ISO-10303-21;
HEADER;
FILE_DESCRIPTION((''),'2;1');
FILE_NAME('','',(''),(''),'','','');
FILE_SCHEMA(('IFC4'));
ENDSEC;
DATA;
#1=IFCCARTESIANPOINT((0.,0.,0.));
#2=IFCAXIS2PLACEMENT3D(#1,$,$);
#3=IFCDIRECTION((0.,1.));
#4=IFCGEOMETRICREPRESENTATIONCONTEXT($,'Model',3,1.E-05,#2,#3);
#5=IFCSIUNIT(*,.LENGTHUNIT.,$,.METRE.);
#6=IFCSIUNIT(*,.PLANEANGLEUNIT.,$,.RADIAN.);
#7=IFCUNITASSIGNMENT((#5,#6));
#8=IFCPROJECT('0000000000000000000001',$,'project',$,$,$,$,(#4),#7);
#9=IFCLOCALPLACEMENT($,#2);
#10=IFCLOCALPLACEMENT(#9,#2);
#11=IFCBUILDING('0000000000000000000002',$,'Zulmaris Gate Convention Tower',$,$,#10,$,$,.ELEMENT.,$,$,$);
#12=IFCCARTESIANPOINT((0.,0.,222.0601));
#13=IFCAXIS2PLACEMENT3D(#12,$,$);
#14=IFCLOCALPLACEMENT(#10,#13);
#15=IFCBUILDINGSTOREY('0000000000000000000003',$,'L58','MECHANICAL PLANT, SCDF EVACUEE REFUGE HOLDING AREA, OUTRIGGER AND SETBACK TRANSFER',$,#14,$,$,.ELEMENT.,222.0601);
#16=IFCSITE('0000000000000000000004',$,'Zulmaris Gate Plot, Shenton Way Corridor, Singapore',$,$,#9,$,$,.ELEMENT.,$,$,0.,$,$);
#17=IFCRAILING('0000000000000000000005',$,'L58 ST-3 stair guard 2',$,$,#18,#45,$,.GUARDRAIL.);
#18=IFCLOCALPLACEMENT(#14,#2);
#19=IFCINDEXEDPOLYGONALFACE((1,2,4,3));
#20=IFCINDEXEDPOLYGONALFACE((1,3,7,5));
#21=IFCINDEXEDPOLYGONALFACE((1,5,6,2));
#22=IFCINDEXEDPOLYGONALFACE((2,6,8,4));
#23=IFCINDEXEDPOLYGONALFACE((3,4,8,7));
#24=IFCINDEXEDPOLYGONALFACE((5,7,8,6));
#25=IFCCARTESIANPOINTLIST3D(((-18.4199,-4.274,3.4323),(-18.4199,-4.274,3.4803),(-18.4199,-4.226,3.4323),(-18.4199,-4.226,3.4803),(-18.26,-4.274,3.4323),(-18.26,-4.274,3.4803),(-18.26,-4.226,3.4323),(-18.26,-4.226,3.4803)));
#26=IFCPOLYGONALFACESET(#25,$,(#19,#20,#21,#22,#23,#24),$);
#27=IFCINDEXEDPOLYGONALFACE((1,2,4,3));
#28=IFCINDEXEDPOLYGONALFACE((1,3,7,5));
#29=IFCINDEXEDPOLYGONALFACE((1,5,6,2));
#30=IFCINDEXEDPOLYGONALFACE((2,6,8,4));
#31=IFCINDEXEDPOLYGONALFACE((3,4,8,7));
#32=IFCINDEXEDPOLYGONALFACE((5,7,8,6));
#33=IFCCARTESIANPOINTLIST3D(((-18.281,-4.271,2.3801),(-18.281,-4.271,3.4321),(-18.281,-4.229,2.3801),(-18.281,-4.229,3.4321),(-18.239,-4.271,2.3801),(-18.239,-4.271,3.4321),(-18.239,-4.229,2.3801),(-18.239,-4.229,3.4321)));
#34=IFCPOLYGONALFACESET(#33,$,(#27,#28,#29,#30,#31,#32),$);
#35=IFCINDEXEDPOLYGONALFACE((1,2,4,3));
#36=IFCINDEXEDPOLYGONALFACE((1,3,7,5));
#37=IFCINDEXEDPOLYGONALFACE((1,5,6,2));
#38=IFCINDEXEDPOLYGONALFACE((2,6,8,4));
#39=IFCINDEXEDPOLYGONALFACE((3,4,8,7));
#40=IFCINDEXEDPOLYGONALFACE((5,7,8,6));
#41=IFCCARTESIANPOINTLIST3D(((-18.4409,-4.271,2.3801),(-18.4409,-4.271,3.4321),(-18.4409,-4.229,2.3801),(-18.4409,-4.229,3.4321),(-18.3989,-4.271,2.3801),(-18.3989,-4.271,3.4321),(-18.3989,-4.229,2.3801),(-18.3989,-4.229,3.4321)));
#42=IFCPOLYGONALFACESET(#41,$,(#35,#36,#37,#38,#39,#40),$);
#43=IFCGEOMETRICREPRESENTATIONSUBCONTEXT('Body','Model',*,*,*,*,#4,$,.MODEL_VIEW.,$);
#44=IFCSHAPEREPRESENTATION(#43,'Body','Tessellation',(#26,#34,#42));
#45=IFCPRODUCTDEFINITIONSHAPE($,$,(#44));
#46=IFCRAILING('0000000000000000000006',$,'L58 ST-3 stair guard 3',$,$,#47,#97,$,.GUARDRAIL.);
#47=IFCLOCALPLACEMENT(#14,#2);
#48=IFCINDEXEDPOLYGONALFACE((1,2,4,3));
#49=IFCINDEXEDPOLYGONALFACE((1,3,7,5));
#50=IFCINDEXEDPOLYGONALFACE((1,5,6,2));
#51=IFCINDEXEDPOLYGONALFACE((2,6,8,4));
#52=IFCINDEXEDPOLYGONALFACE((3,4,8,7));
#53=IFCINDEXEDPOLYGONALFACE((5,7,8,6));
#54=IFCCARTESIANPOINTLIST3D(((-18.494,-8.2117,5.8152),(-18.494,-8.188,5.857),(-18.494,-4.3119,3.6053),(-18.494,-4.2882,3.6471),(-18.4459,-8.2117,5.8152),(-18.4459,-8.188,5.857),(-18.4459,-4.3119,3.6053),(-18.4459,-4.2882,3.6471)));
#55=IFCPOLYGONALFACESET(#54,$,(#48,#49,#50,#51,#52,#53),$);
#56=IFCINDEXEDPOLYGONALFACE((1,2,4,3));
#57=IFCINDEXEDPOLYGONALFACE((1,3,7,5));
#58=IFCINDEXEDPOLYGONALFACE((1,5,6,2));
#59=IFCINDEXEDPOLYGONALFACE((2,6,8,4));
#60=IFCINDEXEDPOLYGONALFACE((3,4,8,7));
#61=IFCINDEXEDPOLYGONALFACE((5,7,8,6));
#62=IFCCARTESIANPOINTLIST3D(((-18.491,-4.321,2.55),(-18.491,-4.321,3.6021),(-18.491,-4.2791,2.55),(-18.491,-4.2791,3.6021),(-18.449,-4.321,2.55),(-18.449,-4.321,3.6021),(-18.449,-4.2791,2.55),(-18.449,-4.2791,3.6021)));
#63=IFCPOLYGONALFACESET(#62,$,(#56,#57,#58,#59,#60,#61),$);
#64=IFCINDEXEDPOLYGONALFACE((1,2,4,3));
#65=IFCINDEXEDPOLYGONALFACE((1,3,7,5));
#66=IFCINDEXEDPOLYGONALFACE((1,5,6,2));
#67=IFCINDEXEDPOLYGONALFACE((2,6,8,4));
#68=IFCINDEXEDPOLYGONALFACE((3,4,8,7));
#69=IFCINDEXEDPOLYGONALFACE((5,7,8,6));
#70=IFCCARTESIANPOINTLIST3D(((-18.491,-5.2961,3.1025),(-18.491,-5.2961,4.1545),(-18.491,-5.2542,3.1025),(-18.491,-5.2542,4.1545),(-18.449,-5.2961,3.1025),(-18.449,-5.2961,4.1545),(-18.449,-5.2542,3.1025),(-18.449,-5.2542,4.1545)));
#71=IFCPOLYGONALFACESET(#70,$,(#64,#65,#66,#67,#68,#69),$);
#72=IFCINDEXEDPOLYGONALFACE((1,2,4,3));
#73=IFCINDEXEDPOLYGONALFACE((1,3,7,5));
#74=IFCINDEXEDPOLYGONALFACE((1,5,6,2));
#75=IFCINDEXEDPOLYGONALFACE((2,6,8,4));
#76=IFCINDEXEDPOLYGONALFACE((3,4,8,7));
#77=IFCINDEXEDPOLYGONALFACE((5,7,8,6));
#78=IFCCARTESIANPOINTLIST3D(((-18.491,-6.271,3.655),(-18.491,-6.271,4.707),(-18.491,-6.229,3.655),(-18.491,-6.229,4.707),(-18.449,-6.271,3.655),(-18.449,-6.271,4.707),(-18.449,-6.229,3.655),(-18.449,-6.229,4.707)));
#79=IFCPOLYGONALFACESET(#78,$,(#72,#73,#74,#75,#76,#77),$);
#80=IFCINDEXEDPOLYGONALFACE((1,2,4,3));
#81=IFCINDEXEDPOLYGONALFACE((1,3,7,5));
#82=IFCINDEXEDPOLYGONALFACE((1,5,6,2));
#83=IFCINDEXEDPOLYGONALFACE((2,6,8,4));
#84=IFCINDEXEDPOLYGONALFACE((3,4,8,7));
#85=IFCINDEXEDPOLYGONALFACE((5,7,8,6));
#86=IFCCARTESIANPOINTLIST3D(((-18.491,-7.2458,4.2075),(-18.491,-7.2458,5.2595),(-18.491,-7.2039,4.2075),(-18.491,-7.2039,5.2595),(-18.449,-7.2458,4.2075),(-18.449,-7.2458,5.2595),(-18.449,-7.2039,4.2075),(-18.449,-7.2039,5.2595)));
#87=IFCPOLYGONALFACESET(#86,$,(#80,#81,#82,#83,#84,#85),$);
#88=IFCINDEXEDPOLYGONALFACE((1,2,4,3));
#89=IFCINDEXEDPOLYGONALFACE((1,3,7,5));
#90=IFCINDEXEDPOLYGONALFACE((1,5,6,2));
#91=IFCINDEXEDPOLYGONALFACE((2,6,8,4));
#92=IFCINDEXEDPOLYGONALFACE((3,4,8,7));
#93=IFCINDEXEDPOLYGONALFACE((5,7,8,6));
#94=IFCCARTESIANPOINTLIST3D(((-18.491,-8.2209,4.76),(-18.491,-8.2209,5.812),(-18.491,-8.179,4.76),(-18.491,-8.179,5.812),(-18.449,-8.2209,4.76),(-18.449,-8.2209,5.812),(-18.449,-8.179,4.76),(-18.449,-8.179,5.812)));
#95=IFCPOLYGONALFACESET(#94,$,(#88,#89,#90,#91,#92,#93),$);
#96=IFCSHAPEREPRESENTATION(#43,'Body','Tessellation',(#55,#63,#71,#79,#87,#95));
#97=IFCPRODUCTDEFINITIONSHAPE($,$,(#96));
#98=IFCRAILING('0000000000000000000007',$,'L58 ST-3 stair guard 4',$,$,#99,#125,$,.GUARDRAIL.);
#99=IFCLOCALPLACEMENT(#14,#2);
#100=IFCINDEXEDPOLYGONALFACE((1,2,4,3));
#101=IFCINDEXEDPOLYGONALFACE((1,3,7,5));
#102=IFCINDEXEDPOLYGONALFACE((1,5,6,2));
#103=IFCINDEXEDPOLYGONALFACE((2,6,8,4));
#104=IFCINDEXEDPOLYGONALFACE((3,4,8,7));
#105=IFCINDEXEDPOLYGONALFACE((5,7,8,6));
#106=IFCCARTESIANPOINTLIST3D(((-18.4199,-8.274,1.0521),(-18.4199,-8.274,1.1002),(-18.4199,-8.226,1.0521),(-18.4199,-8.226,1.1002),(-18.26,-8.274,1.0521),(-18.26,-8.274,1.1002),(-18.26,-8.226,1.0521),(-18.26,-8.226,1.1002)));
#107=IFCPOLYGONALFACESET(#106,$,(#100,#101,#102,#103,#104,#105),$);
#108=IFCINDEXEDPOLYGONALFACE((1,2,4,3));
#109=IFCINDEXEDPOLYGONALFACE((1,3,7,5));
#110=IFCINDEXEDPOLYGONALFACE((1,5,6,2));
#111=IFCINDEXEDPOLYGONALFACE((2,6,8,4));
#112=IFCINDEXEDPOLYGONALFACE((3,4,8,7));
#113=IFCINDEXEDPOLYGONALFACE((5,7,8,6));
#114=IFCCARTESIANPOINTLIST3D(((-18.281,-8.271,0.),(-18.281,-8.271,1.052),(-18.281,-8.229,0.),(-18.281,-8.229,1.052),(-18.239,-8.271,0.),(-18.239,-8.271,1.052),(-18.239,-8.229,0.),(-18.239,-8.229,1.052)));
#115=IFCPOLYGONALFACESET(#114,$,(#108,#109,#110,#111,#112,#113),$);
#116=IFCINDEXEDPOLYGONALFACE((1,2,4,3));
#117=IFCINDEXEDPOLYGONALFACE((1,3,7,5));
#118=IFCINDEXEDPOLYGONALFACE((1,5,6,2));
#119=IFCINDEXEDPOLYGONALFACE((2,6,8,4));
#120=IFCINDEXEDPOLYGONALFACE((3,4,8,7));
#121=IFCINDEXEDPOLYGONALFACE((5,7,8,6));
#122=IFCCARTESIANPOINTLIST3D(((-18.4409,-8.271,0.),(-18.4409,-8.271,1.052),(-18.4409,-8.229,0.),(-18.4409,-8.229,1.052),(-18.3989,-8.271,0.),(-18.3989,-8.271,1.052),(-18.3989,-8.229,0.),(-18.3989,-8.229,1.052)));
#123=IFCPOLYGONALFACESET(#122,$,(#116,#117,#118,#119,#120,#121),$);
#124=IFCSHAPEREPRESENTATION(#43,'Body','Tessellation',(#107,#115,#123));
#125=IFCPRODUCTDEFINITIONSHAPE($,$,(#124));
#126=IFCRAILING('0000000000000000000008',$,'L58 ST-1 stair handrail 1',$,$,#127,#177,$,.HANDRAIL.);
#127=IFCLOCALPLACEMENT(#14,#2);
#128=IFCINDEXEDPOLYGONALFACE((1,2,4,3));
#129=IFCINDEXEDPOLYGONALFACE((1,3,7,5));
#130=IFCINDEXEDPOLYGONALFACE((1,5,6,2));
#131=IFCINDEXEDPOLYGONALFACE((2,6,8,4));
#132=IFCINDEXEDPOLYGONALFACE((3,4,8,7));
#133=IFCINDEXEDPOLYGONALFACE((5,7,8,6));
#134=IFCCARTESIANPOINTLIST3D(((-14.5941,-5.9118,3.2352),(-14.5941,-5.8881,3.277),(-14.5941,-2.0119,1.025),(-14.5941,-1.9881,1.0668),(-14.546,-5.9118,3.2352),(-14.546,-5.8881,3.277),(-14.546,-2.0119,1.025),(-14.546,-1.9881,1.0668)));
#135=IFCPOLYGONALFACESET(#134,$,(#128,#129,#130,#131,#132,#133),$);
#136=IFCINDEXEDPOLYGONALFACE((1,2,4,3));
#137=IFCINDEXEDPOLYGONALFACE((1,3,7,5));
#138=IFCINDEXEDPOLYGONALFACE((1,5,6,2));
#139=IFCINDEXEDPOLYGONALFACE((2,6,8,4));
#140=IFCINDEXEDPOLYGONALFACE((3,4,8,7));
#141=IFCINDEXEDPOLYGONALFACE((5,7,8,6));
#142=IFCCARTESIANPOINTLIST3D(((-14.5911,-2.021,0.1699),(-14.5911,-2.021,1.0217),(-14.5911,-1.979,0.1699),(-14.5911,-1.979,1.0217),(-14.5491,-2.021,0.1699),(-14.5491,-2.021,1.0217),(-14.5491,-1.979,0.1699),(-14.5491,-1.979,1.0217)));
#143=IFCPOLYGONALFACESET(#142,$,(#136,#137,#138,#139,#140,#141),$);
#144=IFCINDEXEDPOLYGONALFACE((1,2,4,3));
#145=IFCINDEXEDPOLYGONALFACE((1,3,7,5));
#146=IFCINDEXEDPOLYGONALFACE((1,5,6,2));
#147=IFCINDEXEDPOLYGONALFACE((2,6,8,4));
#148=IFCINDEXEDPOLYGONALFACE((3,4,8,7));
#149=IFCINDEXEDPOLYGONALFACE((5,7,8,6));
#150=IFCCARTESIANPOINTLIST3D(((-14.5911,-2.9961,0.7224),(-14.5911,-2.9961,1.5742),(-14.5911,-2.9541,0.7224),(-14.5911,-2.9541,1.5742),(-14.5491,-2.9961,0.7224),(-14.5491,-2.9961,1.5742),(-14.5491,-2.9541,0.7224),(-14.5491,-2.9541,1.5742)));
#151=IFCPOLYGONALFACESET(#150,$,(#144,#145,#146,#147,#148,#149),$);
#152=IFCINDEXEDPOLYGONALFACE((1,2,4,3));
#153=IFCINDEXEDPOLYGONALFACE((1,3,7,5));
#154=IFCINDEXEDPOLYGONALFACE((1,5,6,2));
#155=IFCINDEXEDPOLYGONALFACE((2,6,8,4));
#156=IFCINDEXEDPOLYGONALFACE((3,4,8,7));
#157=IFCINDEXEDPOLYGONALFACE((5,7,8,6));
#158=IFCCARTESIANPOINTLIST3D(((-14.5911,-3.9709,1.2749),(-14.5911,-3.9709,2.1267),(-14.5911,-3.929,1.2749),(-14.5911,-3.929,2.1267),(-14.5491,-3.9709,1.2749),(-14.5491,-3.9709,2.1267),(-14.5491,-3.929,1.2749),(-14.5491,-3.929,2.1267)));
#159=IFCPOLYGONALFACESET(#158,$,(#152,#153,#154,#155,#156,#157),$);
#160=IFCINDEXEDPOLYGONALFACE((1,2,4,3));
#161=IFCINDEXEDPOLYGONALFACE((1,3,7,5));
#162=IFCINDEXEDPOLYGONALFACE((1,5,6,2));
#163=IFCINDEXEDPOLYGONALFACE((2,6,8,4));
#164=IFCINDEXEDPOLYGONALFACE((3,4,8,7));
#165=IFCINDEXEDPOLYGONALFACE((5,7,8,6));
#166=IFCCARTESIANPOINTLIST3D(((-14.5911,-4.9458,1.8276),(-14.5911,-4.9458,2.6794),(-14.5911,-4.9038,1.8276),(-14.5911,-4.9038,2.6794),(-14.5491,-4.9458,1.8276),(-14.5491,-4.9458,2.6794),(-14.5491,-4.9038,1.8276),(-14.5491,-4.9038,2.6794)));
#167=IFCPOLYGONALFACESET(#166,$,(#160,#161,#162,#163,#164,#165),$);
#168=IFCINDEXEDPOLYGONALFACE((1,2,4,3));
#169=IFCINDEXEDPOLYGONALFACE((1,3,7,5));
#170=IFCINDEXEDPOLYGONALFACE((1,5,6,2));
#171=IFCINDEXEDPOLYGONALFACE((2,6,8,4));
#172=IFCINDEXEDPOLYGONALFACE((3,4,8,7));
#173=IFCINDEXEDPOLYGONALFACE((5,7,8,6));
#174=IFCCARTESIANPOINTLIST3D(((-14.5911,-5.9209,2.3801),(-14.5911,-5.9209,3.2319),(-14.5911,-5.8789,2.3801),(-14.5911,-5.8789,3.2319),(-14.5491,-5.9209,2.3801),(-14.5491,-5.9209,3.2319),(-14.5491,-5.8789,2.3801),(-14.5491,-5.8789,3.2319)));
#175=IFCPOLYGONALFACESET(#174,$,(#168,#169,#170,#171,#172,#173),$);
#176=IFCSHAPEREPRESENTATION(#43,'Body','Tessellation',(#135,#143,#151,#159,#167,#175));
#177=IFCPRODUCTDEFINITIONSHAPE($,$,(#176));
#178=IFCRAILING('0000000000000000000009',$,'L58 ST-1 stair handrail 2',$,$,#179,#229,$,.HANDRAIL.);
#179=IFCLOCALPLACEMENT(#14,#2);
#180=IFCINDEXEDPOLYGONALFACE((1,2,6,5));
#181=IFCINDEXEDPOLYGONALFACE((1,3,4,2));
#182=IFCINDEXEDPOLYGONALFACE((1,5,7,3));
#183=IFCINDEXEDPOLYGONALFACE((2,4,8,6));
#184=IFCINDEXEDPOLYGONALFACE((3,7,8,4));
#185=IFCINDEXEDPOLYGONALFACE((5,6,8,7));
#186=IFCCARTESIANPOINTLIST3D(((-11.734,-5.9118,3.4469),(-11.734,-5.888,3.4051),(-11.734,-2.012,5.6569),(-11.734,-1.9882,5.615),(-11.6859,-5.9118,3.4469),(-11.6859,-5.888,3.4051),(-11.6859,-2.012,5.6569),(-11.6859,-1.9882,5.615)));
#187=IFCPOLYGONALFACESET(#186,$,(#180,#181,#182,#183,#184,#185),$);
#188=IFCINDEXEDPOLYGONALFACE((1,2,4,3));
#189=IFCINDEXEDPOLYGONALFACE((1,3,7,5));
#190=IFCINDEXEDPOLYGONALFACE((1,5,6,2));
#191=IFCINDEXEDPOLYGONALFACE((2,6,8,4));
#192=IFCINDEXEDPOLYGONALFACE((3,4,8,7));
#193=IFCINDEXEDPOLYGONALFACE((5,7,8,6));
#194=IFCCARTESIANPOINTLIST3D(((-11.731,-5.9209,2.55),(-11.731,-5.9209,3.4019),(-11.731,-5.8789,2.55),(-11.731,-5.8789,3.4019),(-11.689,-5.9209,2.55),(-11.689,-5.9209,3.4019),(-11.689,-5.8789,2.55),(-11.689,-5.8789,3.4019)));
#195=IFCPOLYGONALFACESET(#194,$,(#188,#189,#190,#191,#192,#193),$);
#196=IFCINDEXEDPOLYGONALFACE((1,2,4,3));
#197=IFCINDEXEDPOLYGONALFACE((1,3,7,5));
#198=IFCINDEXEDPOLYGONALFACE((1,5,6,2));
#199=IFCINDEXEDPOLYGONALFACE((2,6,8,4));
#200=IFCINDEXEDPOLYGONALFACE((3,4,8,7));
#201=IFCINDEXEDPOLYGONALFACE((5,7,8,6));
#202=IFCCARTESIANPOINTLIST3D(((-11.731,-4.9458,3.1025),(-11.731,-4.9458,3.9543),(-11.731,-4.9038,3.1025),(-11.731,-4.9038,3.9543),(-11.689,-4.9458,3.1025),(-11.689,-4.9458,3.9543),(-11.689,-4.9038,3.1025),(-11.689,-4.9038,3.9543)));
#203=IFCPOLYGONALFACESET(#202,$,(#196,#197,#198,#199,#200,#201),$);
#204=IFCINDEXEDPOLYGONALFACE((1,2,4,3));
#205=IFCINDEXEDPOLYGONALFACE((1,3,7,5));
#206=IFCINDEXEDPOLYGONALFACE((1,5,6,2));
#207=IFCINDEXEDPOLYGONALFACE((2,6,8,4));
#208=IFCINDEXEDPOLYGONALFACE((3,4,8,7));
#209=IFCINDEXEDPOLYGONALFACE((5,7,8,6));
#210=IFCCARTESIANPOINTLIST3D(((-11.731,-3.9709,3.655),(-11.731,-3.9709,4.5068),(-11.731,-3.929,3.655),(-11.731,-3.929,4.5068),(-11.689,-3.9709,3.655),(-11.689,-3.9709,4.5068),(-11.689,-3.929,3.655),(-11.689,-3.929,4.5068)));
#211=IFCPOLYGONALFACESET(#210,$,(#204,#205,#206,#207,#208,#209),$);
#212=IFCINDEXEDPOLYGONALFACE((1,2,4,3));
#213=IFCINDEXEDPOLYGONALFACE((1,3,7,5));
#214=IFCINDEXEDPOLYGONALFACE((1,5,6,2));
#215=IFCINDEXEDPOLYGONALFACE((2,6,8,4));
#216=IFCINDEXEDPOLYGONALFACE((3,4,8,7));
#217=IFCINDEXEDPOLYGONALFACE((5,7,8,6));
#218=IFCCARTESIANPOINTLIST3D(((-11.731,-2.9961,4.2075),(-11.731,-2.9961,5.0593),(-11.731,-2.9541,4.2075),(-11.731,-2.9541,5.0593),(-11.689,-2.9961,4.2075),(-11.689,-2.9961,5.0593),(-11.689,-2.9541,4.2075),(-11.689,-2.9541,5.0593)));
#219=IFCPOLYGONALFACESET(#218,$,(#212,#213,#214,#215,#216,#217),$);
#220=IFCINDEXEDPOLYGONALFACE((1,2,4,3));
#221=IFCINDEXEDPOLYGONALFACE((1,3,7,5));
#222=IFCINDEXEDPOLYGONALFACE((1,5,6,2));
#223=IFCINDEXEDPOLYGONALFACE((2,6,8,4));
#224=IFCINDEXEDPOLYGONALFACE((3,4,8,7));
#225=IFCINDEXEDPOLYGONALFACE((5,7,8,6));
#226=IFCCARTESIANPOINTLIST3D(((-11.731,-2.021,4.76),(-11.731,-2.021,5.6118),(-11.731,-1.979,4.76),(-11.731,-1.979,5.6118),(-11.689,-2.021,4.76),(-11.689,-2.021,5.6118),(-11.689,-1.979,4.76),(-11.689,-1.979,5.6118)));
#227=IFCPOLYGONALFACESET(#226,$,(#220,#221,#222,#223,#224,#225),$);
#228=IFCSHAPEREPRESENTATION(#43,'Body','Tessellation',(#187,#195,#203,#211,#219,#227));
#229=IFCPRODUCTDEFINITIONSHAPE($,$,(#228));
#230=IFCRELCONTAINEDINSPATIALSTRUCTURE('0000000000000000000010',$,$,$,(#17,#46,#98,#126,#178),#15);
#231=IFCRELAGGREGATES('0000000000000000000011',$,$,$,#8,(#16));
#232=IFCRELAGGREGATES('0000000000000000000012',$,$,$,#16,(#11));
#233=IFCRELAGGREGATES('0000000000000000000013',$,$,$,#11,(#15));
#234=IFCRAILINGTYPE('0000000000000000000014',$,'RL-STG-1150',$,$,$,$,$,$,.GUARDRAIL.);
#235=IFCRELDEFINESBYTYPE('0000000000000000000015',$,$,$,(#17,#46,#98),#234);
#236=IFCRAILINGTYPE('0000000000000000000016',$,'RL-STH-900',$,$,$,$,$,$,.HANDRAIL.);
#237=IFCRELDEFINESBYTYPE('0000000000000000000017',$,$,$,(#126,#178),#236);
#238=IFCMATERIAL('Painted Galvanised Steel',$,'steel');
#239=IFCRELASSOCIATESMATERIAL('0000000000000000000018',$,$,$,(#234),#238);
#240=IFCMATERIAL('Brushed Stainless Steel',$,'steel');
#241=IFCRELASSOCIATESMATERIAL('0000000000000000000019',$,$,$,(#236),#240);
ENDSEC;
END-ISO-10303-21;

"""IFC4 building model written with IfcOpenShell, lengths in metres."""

from ifc_helpers import new_model, si_unit, direction, frame, origin, origin_2d, place, context, subcontext, project, spatial, rectangle, extrude, material, type_object, element, save


model = new_model("IFC4")

# Units and contexts
model_context = context("Model", 3, precision=1e-05, world=origin(), true_north=direction((0.0, 1.0)))
body_context = subcontext(model_context, "Body", "Model", "MODEL_VIEW")
ifc_project = project(units=[si_unit("LENGTHUNIT", "METRE"), si_unit("PLANEANGLEUNIT", "RADIAN")], contexts=[model_context])

# Site, building, storey
site_placement = place(None, origin())
site = spatial("IfcSite", under=ifc_project, at=site_placement, Name="Zulmaris Gate Plot, Shenton Way Corridor, Singapore", CompositionType="ELEMENT", RefElevation=0.0)
building_placement = place(site_placement, origin())
building = spatial("IfcBuilding", under=site, at=building_placement, Name="Zulmaris Gate Convention Tower", CompositionType="ELEMENT")
storey_placement = place(building_placement, frame((0.0, 0.0, 222.0601)))
storey = spatial("IfcBuildingStorey", under=building, at=storey_placement, Name="L58", Description="MECHANICAL PLANT, SCDF EVACUEE REFUGE HOLDING AREA, OUTRIGGER AND SETBACK TRANSFER", CompositionType="ELEMENT", Elevation=222.0601)

# Railings
ifc_material_1 = material(Name="Painted Galvanised Steel", Category="steel")
railing_type_1 = type_object("IfcRailingType", Name="RL-STG-1150", PredefinedType="GUARDRAIL", material=ifc_material_1)
railing_1_placement = place(storey_placement, frame((-18.26, -4.25, 2.3801)))
element("IfcRailing", 1, at=railing_1_placement, inside=storey, type_object=railing_type_1, Name="L58 ST-3 stair guard 2", PredefinedType="GUARDRAIL", context=body_context, shape_type="SweptSolid", body=[
    extrude(rectangle(XDim=0.0481, YDim=0.0481, at=origin_2d()), frame((0.0, 0.0, 1.0762), z_axis=(-1.0, 0.0, 0.0), x_axis=(0.0, -1.0, 0.0)), (0.0, 0.0, 1.0), 0.1599),
    extrude(rectangle(XDim=0.042, YDim=0.042, at=origin_2d()), origin(), (0.0, 0.0, 1.0), 1.052),
    extrude(rectangle(XDim=0.042, YDim=0.042, at=origin_2d()), frame((-0.1599, 0.0, 0.0)), (0.0, 0.0, 1.0), 1.052),
])
railing_2_placement = place(storey_placement, frame((-18.47, -4.3, 2.55)))
element("IfcRailing", 2, at=railing_2_placement, inside=storey, type_object=railing_type_1, Name="L58 ST-3 stair guard 3", PredefinedType="GUARDRAIL", context=body_context, shape_type="SweptSolid", body=[
    extrude(rectangle(XDim=0.0481, YDim=0.0481, at=origin_2d()), frame((0.0, 0.0, 1.0762), z_axis=(0.0, -0.870021, 0.493015), x_axis=(1.0, 0.0, 0.0)), (0.0, 0.0, 1.0), 4.4824),
    extrude(rectangle(XDim=0.042, YDim=0.042, at=origin_2d()), origin(), (0.0, 0.0, 1.0), 1.052),
    extrude(rectangle(XDim=0.042, YDim=0.042, at=origin_2d()), frame((0.0, -0.9751, 0.5525)), (0.0, 0.0, 1.0), 1.052),
    extrude(rectangle(XDim=0.042, YDim=0.042, at=origin_2d()), frame((0.0, -1.95, 1.105)), (0.0, 0.0, 1.0), 1.052),
    extrude(rectangle(XDim=0.042, YDim=0.042, at=origin_2d()), frame((0.0, -2.9248, 1.6575)), (0.0, 0.0, 1.0), 1.052),
    extrude(rectangle(XDim=0.042, YDim=0.042, at=origin_2d()), frame((0.0, -3.8999, 2.21)), (0.0, 0.0, 1.0), 1.052),
])
railing_3_placement = place(storey_placement, frame((-18.26, -8.25, 0.0)))
element("IfcRailing", 3, at=railing_3_placement, inside=storey, type_object=railing_type_1, Name="L58 ST-3 stair guard 4", PredefinedType="GUARDRAIL", context=body_context, shape_type="SweptSolid", body=[
    extrude(rectangle(XDim=0.0481, YDim=0.0481, at=origin_2d()), frame((0.0, 0.0, 1.0762), z_axis=(-1.0, 0.0, 0.0), x_axis=(0.0, -1.0, 0.0)), (0.0, 0.0, 1.0), 0.1599),
    extrude(rectangle(XDim=0.042, YDim=0.042, at=origin_2d()), origin(), (0.0, 0.0, 1.0), 1.052),
    extrude(rectangle(XDim=0.042, YDim=0.042, at=origin_2d()), frame((-0.1599, 0.0, 0.0)), (0.0, 0.0, 1.0), 1.052),
])
ifc_material_2 = material(Name="Brushed Stainless Steel", Category="steel")
railing_type_2 = type_object("IfcRailingType", Name="RL-STH-900", PredefinedType="HANDRAIL", material=ifc_material_2)
railing_4_placement = place(storey_placement, frame((-14.5701, -2.0, 0.1699)))
element("IfcRailing", 4, at=railing_4_placement, inside=storey, type_object=railing_type_2, Name="L58 ST-1 stair handrail 1", PredefinedType="HANDRAIL", context=body_context, shape_type="SweptSolid", body=[
    extrude(rectangle(XDim=0.0481, YDim=0.0481, at=origin_2d()), frame((0.0, 0.0, 0.876), z_axis=(0.0, -0.869997, 0.493057), x_axis=(1.0, 0.0, 0.0)), (0.0, 0.0, 1.0), 4.4827),
    extrude(rectangle(XDim=0.042, YDim=0.042, at=origin_2d()), origin(), (0.0, 0.0, 1.0), 0.8518),
    extrude(rectangle(XDim=0.042, YDim=0.042, at=origin_2d()), frame((0.0, -0.9751, 0.5525)), (0.0, 0.0, 1.0), 0.8518),
    extrude(rectangle(XDim=0.042, YDim=0.042, at=origin_2d()), frame((0.0, -1.95, 1.105)), (0.0, 0.0, 1.0), 0.8518),
    extrude(rectangle(XDim=0.042, YDim=0.042, at=origin_2d()), frame((0.0, -2.9248, 1.6577)), (0.0, 0.0, 1.0), 0.8518),
    extrude(rectangle(XDim=0.042, YDim=0.042, at=origin_2d()), frame((0.0, -3.8999, 2.2102)), (0.0, 0.0, 1.0), 0.8518),
])
railing_5_placement = place(storey_placement, frame((-11.71, -5.8999, 2.55)))
element("IfcRailing", 5, at=railing_5_placement, inside=storey, type_object=railing_type_2, Name="L58 ST-1 stair handrail 2", PredefinedType="HANDRAIL", context=body_context, shape_type="SweptSolid", body=[
    extrude(rectangle(XDim=0.0481, YDim=0.0481, at=origin_2d()), frame((0.0, 0.0, 0.876), z_axis=(0.0, 0.870021, 0.493015), x_axis=(-1.0, 0.0, 0.0)), (0.0, 0.0, 1.0), 4.4824),
    extrude(rectangle(XDim=0.042, YDim=0.042, at=origin_2d()), origin(), (0.0, 0.0, 1.0), 0.8518),
    extrude(rectangle(XDim=0.042, YDim=0.042, at=origin_2d()), frame((0.0, 0.9751, 0.5525)), (0.0, 0.0, 1.0), 0.8518),
    extrude(rectangle(XDim=0.042, YDim=0.042, at=origin_2d()), frame((0.0, 1.95, 1.105)), (0.0, 0.0, 1.0), 0.8518),
    extrude(rectangle(XDim=0.042, YDim=0.042, at=origin_2d()), frame((0.0, 2.9248, 1.6575)), (0.0, 0.0, 1.0), 0.8518),
    extrude(rectangle(XDim=0.042, YDim=0.042, at=origin_2d()), frame((0.0, 3.8999, 2.21)), (0.0, 0.0, 1.0), 0.8518),
])

save(model, "model.ifc")
